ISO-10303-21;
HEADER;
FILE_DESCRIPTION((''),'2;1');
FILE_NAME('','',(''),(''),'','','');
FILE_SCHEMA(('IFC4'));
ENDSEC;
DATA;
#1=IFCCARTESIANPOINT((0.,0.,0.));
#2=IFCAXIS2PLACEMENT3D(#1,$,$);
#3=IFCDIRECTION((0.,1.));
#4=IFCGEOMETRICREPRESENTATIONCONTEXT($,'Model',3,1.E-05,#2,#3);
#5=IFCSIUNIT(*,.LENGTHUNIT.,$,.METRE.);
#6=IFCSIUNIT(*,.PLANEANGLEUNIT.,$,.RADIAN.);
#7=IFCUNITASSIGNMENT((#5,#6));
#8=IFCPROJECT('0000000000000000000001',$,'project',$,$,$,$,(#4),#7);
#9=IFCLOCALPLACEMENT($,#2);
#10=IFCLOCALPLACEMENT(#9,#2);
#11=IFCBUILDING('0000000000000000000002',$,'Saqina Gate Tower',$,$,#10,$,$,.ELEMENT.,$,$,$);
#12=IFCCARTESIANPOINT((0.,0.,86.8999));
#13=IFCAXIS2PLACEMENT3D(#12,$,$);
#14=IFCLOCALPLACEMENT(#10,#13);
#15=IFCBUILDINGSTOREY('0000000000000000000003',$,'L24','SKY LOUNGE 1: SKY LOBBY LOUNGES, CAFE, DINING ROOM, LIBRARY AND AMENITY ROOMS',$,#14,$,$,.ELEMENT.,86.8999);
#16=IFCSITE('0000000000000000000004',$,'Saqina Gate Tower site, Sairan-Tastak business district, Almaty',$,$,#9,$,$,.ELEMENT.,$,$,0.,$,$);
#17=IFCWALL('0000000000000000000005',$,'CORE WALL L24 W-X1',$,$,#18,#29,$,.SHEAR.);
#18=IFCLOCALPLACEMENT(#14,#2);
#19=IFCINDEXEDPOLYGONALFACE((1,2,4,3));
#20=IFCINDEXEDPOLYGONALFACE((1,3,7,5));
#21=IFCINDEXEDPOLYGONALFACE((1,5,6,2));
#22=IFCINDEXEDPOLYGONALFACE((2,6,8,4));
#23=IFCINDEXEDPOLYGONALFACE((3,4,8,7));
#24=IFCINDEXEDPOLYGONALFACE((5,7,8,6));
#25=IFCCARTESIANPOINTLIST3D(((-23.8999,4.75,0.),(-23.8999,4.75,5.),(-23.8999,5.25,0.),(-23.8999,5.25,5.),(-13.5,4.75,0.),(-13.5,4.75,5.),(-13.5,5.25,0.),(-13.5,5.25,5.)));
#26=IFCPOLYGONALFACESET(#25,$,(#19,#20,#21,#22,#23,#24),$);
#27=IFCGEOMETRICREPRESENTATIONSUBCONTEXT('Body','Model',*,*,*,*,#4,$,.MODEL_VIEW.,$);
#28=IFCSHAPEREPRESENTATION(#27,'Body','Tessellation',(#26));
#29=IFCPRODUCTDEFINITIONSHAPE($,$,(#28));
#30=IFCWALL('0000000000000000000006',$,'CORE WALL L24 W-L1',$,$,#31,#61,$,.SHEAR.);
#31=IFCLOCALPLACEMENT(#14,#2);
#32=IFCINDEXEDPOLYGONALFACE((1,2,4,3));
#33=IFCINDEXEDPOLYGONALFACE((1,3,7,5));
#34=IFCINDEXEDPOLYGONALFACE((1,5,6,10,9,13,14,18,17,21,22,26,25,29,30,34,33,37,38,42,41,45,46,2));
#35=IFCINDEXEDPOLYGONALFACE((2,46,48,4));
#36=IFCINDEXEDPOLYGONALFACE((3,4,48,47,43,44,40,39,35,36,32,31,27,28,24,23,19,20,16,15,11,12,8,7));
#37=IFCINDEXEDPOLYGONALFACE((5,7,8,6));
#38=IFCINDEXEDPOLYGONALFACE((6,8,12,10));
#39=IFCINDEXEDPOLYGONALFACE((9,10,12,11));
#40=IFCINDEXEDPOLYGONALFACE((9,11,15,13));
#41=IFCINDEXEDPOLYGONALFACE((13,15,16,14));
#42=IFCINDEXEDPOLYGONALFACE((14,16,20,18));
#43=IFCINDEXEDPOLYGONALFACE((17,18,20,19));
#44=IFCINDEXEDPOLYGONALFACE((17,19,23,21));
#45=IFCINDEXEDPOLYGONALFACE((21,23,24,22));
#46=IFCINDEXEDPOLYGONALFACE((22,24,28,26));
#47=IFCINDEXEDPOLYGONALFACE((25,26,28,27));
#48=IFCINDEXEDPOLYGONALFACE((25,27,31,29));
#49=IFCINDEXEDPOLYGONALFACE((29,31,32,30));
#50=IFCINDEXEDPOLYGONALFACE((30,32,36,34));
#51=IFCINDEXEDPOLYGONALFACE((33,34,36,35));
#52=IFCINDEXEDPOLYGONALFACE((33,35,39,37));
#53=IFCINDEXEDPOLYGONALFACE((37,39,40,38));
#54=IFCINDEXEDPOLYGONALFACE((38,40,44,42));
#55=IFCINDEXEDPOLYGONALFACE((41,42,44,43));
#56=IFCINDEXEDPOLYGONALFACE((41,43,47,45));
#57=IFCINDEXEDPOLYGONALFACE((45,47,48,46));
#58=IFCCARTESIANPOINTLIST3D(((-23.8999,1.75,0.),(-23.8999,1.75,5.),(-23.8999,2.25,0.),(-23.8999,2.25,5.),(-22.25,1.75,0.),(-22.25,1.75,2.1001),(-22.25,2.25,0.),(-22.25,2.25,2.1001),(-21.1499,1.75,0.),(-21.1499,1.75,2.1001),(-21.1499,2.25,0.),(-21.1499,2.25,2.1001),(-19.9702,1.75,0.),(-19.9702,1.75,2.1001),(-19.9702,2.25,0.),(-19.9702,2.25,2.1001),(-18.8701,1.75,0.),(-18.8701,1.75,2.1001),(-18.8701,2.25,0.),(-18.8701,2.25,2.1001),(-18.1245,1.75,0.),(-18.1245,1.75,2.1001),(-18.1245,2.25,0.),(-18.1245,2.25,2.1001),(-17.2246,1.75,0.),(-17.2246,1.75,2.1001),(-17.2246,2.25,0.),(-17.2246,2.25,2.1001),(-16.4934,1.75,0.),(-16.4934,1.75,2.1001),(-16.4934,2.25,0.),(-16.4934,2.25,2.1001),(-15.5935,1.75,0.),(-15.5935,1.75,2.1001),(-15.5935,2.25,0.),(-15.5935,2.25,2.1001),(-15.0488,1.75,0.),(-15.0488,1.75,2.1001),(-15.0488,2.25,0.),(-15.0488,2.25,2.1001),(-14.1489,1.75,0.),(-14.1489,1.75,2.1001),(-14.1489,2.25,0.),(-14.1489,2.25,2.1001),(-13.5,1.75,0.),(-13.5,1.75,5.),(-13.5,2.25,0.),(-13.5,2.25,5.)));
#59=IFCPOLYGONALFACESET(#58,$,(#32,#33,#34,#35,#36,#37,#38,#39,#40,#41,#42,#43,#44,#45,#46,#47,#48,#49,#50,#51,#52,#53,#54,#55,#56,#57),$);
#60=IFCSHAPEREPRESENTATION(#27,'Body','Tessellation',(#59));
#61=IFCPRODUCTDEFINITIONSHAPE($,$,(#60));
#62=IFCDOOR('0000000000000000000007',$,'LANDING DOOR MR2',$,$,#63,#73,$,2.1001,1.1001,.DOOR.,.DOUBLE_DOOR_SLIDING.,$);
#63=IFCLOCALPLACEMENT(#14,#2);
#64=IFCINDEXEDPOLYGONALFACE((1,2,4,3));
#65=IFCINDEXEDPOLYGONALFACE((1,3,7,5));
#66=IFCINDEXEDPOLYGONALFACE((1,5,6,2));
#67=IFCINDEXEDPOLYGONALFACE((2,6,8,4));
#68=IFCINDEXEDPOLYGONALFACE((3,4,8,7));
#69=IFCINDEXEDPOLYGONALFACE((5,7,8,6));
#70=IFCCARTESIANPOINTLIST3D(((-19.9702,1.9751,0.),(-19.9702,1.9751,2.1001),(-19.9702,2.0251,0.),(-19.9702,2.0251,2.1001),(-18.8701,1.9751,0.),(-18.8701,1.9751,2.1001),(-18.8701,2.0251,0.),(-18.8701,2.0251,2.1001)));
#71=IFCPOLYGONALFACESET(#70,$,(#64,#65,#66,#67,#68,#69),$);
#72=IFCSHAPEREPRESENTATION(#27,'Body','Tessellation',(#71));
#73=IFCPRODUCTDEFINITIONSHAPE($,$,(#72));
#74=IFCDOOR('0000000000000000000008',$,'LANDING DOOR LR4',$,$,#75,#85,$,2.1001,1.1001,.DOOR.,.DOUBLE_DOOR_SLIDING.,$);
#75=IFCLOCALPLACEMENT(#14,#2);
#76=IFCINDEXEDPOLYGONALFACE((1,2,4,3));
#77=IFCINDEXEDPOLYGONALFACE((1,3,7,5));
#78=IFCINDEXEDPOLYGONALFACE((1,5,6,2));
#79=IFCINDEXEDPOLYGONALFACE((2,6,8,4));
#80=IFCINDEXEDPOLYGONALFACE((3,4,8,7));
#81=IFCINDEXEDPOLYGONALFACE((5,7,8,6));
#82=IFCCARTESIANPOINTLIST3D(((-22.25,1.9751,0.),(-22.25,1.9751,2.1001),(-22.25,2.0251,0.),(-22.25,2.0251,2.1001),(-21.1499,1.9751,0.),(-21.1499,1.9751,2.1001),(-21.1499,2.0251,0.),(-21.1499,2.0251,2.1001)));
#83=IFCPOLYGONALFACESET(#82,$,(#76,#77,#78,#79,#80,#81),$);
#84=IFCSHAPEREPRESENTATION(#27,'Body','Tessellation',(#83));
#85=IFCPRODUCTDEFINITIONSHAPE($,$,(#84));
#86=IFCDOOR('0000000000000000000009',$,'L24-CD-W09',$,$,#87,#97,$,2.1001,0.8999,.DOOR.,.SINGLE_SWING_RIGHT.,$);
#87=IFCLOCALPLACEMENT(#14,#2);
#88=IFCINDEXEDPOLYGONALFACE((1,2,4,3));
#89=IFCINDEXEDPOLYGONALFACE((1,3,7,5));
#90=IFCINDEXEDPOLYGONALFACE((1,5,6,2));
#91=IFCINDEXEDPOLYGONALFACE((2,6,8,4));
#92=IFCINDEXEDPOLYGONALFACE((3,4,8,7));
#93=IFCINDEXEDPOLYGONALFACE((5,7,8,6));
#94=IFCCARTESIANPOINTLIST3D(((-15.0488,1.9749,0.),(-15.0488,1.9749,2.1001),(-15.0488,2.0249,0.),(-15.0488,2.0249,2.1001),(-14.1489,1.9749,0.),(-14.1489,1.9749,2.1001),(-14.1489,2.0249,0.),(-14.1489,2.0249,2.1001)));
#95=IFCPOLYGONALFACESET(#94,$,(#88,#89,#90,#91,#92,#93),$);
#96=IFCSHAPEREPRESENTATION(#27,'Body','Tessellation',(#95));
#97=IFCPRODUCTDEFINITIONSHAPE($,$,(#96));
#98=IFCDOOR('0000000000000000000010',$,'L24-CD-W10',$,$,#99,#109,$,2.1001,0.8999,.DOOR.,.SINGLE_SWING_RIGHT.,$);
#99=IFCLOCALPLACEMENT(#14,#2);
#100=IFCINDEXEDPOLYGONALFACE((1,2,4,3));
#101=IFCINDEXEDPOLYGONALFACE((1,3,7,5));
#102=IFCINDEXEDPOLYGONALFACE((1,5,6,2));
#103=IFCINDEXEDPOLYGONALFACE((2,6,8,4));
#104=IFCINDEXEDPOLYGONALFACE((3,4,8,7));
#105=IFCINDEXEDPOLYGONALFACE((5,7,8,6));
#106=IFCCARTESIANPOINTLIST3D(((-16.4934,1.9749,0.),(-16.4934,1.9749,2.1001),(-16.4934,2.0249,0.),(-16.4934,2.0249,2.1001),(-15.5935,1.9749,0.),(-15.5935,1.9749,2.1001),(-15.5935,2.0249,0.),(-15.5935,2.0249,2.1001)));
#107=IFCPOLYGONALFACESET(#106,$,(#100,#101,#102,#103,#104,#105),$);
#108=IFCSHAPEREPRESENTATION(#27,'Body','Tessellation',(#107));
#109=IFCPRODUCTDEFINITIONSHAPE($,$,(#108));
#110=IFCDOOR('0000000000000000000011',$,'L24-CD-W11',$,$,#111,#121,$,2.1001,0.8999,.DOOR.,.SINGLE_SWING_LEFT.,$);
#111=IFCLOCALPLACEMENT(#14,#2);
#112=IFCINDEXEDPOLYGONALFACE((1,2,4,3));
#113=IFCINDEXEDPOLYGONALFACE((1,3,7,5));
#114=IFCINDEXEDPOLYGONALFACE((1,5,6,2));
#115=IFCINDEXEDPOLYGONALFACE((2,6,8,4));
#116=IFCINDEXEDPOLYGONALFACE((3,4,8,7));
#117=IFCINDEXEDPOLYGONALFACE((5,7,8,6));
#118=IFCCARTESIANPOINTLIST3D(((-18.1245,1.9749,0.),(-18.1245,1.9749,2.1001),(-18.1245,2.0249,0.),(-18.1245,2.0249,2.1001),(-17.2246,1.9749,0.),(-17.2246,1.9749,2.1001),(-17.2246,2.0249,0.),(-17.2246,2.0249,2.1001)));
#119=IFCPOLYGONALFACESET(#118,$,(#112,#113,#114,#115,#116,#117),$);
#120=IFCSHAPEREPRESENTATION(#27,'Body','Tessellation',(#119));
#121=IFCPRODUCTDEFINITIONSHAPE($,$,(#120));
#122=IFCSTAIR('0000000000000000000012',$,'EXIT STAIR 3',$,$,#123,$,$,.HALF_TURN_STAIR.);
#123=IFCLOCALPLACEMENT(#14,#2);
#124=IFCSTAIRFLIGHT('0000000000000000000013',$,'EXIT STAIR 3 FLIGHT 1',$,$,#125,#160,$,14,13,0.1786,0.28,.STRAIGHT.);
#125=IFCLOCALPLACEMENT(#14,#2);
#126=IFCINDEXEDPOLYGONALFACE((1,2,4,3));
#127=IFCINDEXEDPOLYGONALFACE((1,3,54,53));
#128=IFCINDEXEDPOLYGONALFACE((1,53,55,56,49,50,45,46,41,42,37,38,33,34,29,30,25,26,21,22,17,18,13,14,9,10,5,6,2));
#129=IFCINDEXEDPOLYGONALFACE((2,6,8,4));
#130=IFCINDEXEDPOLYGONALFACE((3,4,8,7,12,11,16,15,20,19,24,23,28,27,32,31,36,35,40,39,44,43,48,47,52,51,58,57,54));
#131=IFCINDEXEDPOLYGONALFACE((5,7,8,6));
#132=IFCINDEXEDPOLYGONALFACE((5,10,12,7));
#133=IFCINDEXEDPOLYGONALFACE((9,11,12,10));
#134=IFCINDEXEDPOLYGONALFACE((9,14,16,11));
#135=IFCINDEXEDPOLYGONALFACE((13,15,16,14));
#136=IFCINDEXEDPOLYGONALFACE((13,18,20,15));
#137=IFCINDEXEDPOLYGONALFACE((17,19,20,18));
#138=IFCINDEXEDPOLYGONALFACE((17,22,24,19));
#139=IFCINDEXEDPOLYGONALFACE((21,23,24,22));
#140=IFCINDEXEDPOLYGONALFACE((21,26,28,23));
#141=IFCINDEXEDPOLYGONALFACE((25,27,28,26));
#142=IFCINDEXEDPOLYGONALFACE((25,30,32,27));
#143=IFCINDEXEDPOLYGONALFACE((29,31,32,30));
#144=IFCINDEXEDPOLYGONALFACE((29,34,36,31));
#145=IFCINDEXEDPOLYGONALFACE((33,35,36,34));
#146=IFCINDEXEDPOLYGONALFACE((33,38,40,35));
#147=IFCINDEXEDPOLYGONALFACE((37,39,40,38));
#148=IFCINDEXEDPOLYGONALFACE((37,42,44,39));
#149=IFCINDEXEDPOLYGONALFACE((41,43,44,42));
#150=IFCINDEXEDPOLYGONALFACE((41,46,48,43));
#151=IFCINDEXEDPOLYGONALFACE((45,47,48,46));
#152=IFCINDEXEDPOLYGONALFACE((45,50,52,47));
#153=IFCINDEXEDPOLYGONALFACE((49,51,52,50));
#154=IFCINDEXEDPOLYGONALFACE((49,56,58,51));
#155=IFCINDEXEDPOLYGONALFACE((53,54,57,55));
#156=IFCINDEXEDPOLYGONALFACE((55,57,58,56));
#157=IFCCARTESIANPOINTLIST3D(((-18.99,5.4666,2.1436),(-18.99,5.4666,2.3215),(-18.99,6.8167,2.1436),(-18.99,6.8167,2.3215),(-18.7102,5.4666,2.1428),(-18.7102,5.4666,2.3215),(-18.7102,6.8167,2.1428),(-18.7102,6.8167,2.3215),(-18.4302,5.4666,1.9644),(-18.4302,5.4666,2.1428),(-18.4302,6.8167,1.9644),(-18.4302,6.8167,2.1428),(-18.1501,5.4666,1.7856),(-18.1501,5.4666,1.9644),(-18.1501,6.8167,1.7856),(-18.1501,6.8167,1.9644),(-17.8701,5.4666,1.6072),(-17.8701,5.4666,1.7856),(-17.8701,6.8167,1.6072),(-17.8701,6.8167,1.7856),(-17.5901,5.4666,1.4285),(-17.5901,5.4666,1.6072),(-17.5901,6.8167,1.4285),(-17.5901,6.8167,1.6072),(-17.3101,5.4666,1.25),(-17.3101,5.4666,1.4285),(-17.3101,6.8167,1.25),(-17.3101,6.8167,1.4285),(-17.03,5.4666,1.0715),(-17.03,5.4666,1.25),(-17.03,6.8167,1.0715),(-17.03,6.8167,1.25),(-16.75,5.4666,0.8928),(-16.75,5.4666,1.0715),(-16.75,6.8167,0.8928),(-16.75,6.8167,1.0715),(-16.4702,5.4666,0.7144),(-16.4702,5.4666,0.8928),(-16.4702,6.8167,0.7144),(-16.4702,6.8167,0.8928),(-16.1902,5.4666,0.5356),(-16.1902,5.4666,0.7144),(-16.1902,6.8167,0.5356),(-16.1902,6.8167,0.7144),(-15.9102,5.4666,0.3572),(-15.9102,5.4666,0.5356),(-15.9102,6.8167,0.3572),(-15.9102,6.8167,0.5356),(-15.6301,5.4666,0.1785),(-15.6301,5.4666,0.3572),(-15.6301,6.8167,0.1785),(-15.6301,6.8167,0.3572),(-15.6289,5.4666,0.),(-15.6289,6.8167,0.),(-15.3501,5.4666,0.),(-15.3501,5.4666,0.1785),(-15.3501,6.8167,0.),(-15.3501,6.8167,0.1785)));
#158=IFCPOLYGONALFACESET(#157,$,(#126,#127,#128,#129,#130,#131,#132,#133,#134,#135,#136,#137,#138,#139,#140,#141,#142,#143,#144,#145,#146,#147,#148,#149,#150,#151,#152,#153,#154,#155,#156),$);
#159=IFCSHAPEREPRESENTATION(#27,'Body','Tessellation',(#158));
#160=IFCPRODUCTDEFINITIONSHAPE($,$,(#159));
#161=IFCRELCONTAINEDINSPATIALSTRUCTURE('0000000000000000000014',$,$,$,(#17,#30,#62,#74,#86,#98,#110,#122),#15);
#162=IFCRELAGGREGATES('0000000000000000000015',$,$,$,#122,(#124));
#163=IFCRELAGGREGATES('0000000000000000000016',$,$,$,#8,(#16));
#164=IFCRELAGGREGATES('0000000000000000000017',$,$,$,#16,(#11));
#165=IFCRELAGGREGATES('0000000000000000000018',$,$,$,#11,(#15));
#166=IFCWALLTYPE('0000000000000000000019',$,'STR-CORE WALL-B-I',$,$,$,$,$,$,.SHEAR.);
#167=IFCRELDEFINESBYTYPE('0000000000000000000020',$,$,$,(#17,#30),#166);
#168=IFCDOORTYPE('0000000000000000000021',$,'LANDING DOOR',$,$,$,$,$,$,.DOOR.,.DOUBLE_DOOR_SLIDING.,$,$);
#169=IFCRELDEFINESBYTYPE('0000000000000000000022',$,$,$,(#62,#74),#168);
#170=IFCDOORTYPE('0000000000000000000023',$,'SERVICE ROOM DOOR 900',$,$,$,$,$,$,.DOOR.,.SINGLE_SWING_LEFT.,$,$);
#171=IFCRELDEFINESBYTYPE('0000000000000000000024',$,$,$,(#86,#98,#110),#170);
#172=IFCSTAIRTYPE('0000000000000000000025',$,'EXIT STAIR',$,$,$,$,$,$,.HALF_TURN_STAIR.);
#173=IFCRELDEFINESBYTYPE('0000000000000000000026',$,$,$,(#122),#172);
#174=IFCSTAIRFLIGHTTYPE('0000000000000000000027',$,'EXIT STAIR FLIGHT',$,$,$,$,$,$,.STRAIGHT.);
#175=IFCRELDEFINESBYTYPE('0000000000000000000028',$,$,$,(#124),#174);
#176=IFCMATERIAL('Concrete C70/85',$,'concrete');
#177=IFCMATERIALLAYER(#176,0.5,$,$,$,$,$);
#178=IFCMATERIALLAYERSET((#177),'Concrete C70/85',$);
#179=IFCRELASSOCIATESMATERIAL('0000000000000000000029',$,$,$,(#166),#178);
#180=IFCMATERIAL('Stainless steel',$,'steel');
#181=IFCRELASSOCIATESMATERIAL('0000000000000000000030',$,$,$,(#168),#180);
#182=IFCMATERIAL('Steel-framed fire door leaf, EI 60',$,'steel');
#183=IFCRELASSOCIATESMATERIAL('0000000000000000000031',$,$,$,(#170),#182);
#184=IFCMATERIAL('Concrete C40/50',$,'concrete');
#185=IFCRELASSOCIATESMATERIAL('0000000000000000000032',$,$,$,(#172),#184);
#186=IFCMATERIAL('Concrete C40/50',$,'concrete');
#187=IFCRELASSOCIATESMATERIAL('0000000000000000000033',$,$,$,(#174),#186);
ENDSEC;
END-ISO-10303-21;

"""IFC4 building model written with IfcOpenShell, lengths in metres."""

from ifc_helpers import new_model, si_unit, direction, frame, frame_2d, origin, place, context, subcontext, project, spatial, polyline, rectangle, outline, extrude, material, layer, layer_set, type_object, element, fill, aggregate, save


model = new_model("IFC4")

# Units and contexts
model_context = context("Model", 3, precision=1e-05, world=origin(), true_north=direction((0.0, 1.0)))
body_context = subcontext(model_context, "Body", "Model", "MODEL_VIEW")
ifc_project = project(units=[si_unit("LENGTHUNIT", "METRE"), si_unit("PLANEANGLEUNIT", "RADIAN")], contexts=[model_context])

# Site, building, storey
site_placement = place(None, origin())
site = spatial("IfcSite", under=ifc_project, at=site_placement, Name="Saqina Gate Tower site, Sairan-Tastak business district, Almaty", CompositionType="ELEMENT", RefElevation=0.0)
building_placement = place(site_placement, origin())
building = spatial("IfcBuilding", under=site, at=building_placement, Name="Saqina Gate Tower", CompositionType="ELEMENT")
storey_placement = place(building_placement, frame((0.0, 0.0, 86.8999)))
storey = spatial("IfcBuildingStorey", under=building, at=storey_placement, Name="L24", Description="SKY LOUNGE 1: SKY LOBBY LOUNGES, CAFE, DINING ROOM, LIBRARY AND AMENITY ROOMS", CompositionType="ELEMENT", Elevation=86.8999)

# Wall
ifc_material_1 = material(Name="Concrete C70/85", Category="concrete")
ifc_layer_1 = layer(ifc_material_1, 0.5)
ifc_layer_set_1 = layer_set([ifc_layer_1], Name="Concrete C70/85")
wall_type_1 = type_object("IfcWallType", Name="STR-CORE WALL-B-I", PredefinedType="SHEAR", material=ifc_layer_set_1)
wall_1_placement = place(storey_placement, frame((-13.5, 5.0, 0.0), z_axis=(0.0, 0.0, 1.0), x_axis=(-1.0, 0.0, 0.0)))
element("IfcWall", 1, at=wall_1_placement, inside=storey, type_object=wall_type_1, Name="CORE WALL L24 W-X1", PredefinedType="SHEAR", context=body_context, shape_type="SweptSolid", body=[
    extrude(rectangle(XDim=10.3999, YDim=0.5, at=frame_2d((5.2, 0.0))), origin(), (0.0, 0.0, 1.0), 5.0),
])

# Wall, openings, doors
wall_2_placement = place(storey_placement, frame((-13.5, 2.0, 0.0), z_axis=(0.0, 0.0, 1.0), x_axis=(-1.0, 0.0, 0.0)))
wall_2 = element("IfcWall", 2, at=wall_2_placement, inside=storey, type_object=wall_type_1, Name="CORE WALL L24 W-L1", PredefinedType="SHEAR", context=body_context, shape_type="SweptSolid", body=[
    extrude(rectangle(XDim=10.3999, YDim=0.5, at=frame_2d((5.2, 0.0))), origin(), (0.0, 0.0, 1.0), 5.0),
])
opening_1_placement = place(wall_2_placement, frame((5.3701, 0.0, 0.0)))
opening_1 = element("IfcOpeningElement", 3, at=opening_1_placement, cuts=wall_2, PredefinedType="OPENING", context=body_context, shape_type="SweptSolid", body=[
    extrude(rectangle(XDim=1.1001, YDim=2.1001, at=frame_2d((0.55, 1.05))), frame((0.0, 0.262, 0.0), z_axis=(0.0, -1.0, 0.0), x_axis=(1.0, 0.0, 0.0)), (0.0, 0.0, 1.0), 0.5239),
])
opening_2_placement = place(wall_2_placement, frame((7.6499, 0.0, 0.0)))
opening_2 = element("IfcOpeningElement", 4, at=opening_2_placement, cuts=wall_2, PredefinedType="OPENING", context=body_context, shape_type="SweptSolid", body=[
    extrude(rectangle(XDim=1.1001, YDim=2.1001, at=frame_2d((0.55, 1.05))), frame((0.0, 0.262, 0.0), z_axis=(0.0, -1.0, 0.0), x_axis=(1.0, 0.0, 0.0)), (0.0, 0.0, 1.0), 0.5239),
])
opening_3_placement = place(wall_2_placement, frame((0.6489, 0.0, 0.0)))
opening_3 = element("IfcOpeningElement", 5, at=opening_3_placement, cuts=wall_2, PredefinedType="OPENING", context=body_context, shape_type="SweptSolid", body=[
    extrude(rectangle(XDim=0.8999, YDim=2.1001, at=frame_2d((0.45, 1.05))), frame((0.0, 0.262, 0.0), z_axis=(0.0, -1.0, 0.0), x_axis=(1.0, 0.0, 0.0)), (0.0, 0.0, 1.0), 0.5239),
])
opening_4_placement = place(wall_2_placement, frame((2.0935, 0.0, 0.0)))
opening_4 = element("IfcOpeningElement", 6, at=opening_4_placement, cuts=wall_2, PredefinedType="OPENING", context=body_context, shape_type="SweptSolid", body=[
    extrude(rectangle(XDim=0.8999, YDim=2.1001, at=frame_2d((0.45, 1.05))), frame((0.0, 0.262, 0.0), z_axis=(0.0, -1.0, 0.0), x_axis=(1.0, 0.0, 0.0)), (0.0, 0.0, 1.0), 0.5239),
])
opening_5_placement = place(wall_2_placement, frame((3.7246, 0.0, 0.0)))
opening_5 = element("IfcOpeningElement", 7, at=opening_5_placement, cuts=wall_2, PredefinedType="OPENING", context=body_context, shape_type="SweptSolid", body=[
    extrude(rectangle(XDim=0.8999, YDim=2.1001, at=frame_2d((0.45, 1.05))), frame((0.0, 0.262, 0.0), z_axis=(0.0, -1.0, 0.0), x_axis=(1.0, 0.0, 0.0)), (0.0, 0.0, 1.0), 0.5239),
])
ifc_material_2 = material(Name="Stainless steel", Category="steel")
door_type_1 = type_object("IfcDoorType", Name="LANDING DOOR", OperationType="DOUBLE_DOOR_SLIDING", PredefinedType="DOOR", material=ifc_material_2)
door_1_placement = place(opening_1_placement, origin())
door_1 = element("IfcDoor", 8, at=door_1_placement, inside=storey, type_object=door_type_1, Name="LANDING DOOR MR2", OperationType="DOUBLE_DOOR_SLIDING", OverallHeight=2.1001, OverallWidth=1.1001, PredefinedType="DOOR", context=body_context, shape_type="SweptSolid", body=[
    extrude(rectangle(XDim=1.1001, YDim=2.1001, at=frame_2d((0.55, 1.05))), frame((0.0, 0.0249, 0.0), z_axis=(0.0, -1.0, 0.0), x_axis=(1.0, 0.0, 0.0)), (0.0, 0.0, 1.0), 0.05),
])
fill(opening_1, door_1)
door_2_placement = place(opening_2_placement, origin())
door_2 = element("IfcDoor", 9, at=door_2_placement, inside=storey, type_object=door_type_1, Name="LANDING DOOR LR4", OperationType="DOUBLE_DOOR_SLIDING", OverallHeight=2.1001, OverallWidth=1.1001, PredefinedType="DOOR", context=body_context, shape_type="SweptSolid", body=[
    extrude(rectangle(XDim=1.1001, YDim=2.1001, at=frame_2d((0.55, 1.05))), frame((0.0, 0.0249, 0.0), z_axis=(0.0, -1.0, 0.0), x_axis=(1.0, 0.0, 0.0)), (0.0, 0.0, 1.0), 0.05),
])
fill(opening_2, door_2)
ifc_material_3 = material(Name="Steel-framed fire door leaf, EI 60", Category="steel")
door_type_2 = type_object("IfcDoorType", Name="SERVICE ROOM DOOR 900", OperationType="SINGLE_SWING_LEFT", PredefinedType="DOOR", material=ifc_material_3)
door_3_placement = place(opening_3_placement, frame((0.8999, 0.0, 0.0), z_axis=(0.0, 0.0, 1.0), x_axis=(-1.0, 0.0, 0.0)))
door_3 = element("IfcDoor", 10, at=door_3_placement, inside=storey, type_object=door_type_2, Name="L24-CD-W09", OperationType="SINGLE_SWING_RIGHT", OverallHeight=2.1001, OverallWidth=0.8999, PredefinedType="DOOR", context=body_context, shape_type="SweptSolid", body=[
    extrude(rectangle(XDim=0.8999, YDim=2.1001, at=frame_2d((0.45, 1.05))), frame((0.0, 0.0249, 0.0), z_axis=(0.0, -1.0, 0.0), x_axis=(1.0, 0.0, 0.0)), (0.0, 0.0, 1.0), 0.05),
])
fill(opening_3, door_3)
door_4_placement = place(opening_4_placement, frame((0.8999, 0.0, 0.0), z_axis=(0.0, 0.0, 1.0), x_axis=(-1.0, 0.0, 0.0)))
door_4 = element("IfcDoor", 11, at=door_4_placement, inside=storey, type_object=door_type_2, Name="L24-CD-W10", OperationType="SINGLE_SWING_RIGHT", OverallHeight=2.1001, OverallWidth=0.8999, PredefinedType="DOOR", context=body_context, shape_type="SweptSolid", body=[
    extrude(rectangle(XDim=0.8999, YDim=2.1001, at=frame_2d((0.45, 1.05))), frame((0.0, 0.0249, 0.0), z_axis=(0.0, -1.0, 0.0), x_axis=(1.0, 0.0, 0.0)), (0.0, 0.0, 1.0), 0.05),
])
fill(opening_4, door_4)
door_5_placement = place(opening_5_placement, frame((0.8999, 0.0, 0.0), z_axis=(0.0, 0.0, 1.0), x_axis=(-1.0, 0.0, 0.0)))
door_5 = element("IfcDoor", 12, at=door_5_placement, inside=storey, type_object=door_type_2, Name="L24-CD-W11", OperationType="SINGLE_SWING_LEFT", OverallHeight=2.1001, OverallWidth=0.8999, PredefinedType="DOOR", context=body_context, shape_type="SweptSolid", body=[
    extrude(rectangle(XDim=0.8999, YDim=2.1001, at=frame_2d((0.45, 1.05))), frame((0.0, 0.0249, 0.0), z_axis=(0.0, -1.0, 0.0), x_axis=(1.0, 0.0, 0.0)), (0.0, 0.0, 1.0), 0.05),
])
fill(opening_5, door_5)

# Stair, stair flight
ifc_material_4 = material(Name="Concrete C40/50", Category="concrete")
stair_type = type_object("IfcStairType", Name="EXIT STAIR", PredefinedType="HALF_TURN_STAIR", material=ifc_material_4)
stair_placement = place(storey_placement, origin())
stair = element("IfcStair", 13, at=stair_placement, inside=storey, type_object=stair_type, Name="EXIT STAIR 3", PredefinedType="HALF_TURN_STAIR")
ifc_material_5 = material(Name="Concrete C40/50", Category="concrete")
stair_flight_type = type_object("IfcStairFlightType", Name="EXIT STAIR FLIGHT", PredefinedType="STRAIGHT", material=ifc_material_5)
stair_flight_1_placement = place(storey_placement, frame((-15.3501, 6.1416, 0.0), z_axis=(0.0, 0.0, 1.0), x_axis=(-1.0, 0.0, 0.0)))
stair_flight_1 = element("IfcStairFlight", 14, at=stair_flight_1_placement, type_object=stair_flight_type, Name="EXIT STAIR 3 FLIGHT 1", NumberOfRisers=14, NumberOfTreads=13, PredefinedType="STRAIGHT", RiserHeight=0.1786, TreadLength=0.28, context=body_context, shape_type="SweptSolid", body=[
    extrude(outline(polyline([(0.0, 0.0), (0.0, 0.1785), (0.28, 0.1785), (0.28, 0.3572), (0.5601, 0.3572), (0.5601, 0.5356), (0.8401, 0.5356), (0.8401, 0.7144), (1.1201, 0.7144), (1.1201, 0.8928), (1.3999, 0.8928), (1.3999, 1.0715), (1.6799, 1.0715), (1.6799, 1.25), (1.96, 1.25), (1.96, 1.4285), (2.24, 1.4285), (2.24, 1.6072), (2.52, 1.6072), (2.52, 1.7856), (2.8, 1.7856), (2.8, 1.9644), (3.0801, 1.9644), (3.0801, 2.1428), (3.3601, 2.1428), (3.3601, 2.3215), (3.6399, 2.3215), (3.6399, 2.5), (3.6399, 2.1436), (0.2788, 0.0), (0.0, 0.0)])), frame((0.0, 0.675, 0.0), z_axis=(0.0, -1.0, 0.0), x_axis=(1.0, 0.0, 0.0)), (0.0, 0.0, 1.0), 1.3501),
])
aggregate(stair, [stair_flight_1])

save(model, "model.ifc")
